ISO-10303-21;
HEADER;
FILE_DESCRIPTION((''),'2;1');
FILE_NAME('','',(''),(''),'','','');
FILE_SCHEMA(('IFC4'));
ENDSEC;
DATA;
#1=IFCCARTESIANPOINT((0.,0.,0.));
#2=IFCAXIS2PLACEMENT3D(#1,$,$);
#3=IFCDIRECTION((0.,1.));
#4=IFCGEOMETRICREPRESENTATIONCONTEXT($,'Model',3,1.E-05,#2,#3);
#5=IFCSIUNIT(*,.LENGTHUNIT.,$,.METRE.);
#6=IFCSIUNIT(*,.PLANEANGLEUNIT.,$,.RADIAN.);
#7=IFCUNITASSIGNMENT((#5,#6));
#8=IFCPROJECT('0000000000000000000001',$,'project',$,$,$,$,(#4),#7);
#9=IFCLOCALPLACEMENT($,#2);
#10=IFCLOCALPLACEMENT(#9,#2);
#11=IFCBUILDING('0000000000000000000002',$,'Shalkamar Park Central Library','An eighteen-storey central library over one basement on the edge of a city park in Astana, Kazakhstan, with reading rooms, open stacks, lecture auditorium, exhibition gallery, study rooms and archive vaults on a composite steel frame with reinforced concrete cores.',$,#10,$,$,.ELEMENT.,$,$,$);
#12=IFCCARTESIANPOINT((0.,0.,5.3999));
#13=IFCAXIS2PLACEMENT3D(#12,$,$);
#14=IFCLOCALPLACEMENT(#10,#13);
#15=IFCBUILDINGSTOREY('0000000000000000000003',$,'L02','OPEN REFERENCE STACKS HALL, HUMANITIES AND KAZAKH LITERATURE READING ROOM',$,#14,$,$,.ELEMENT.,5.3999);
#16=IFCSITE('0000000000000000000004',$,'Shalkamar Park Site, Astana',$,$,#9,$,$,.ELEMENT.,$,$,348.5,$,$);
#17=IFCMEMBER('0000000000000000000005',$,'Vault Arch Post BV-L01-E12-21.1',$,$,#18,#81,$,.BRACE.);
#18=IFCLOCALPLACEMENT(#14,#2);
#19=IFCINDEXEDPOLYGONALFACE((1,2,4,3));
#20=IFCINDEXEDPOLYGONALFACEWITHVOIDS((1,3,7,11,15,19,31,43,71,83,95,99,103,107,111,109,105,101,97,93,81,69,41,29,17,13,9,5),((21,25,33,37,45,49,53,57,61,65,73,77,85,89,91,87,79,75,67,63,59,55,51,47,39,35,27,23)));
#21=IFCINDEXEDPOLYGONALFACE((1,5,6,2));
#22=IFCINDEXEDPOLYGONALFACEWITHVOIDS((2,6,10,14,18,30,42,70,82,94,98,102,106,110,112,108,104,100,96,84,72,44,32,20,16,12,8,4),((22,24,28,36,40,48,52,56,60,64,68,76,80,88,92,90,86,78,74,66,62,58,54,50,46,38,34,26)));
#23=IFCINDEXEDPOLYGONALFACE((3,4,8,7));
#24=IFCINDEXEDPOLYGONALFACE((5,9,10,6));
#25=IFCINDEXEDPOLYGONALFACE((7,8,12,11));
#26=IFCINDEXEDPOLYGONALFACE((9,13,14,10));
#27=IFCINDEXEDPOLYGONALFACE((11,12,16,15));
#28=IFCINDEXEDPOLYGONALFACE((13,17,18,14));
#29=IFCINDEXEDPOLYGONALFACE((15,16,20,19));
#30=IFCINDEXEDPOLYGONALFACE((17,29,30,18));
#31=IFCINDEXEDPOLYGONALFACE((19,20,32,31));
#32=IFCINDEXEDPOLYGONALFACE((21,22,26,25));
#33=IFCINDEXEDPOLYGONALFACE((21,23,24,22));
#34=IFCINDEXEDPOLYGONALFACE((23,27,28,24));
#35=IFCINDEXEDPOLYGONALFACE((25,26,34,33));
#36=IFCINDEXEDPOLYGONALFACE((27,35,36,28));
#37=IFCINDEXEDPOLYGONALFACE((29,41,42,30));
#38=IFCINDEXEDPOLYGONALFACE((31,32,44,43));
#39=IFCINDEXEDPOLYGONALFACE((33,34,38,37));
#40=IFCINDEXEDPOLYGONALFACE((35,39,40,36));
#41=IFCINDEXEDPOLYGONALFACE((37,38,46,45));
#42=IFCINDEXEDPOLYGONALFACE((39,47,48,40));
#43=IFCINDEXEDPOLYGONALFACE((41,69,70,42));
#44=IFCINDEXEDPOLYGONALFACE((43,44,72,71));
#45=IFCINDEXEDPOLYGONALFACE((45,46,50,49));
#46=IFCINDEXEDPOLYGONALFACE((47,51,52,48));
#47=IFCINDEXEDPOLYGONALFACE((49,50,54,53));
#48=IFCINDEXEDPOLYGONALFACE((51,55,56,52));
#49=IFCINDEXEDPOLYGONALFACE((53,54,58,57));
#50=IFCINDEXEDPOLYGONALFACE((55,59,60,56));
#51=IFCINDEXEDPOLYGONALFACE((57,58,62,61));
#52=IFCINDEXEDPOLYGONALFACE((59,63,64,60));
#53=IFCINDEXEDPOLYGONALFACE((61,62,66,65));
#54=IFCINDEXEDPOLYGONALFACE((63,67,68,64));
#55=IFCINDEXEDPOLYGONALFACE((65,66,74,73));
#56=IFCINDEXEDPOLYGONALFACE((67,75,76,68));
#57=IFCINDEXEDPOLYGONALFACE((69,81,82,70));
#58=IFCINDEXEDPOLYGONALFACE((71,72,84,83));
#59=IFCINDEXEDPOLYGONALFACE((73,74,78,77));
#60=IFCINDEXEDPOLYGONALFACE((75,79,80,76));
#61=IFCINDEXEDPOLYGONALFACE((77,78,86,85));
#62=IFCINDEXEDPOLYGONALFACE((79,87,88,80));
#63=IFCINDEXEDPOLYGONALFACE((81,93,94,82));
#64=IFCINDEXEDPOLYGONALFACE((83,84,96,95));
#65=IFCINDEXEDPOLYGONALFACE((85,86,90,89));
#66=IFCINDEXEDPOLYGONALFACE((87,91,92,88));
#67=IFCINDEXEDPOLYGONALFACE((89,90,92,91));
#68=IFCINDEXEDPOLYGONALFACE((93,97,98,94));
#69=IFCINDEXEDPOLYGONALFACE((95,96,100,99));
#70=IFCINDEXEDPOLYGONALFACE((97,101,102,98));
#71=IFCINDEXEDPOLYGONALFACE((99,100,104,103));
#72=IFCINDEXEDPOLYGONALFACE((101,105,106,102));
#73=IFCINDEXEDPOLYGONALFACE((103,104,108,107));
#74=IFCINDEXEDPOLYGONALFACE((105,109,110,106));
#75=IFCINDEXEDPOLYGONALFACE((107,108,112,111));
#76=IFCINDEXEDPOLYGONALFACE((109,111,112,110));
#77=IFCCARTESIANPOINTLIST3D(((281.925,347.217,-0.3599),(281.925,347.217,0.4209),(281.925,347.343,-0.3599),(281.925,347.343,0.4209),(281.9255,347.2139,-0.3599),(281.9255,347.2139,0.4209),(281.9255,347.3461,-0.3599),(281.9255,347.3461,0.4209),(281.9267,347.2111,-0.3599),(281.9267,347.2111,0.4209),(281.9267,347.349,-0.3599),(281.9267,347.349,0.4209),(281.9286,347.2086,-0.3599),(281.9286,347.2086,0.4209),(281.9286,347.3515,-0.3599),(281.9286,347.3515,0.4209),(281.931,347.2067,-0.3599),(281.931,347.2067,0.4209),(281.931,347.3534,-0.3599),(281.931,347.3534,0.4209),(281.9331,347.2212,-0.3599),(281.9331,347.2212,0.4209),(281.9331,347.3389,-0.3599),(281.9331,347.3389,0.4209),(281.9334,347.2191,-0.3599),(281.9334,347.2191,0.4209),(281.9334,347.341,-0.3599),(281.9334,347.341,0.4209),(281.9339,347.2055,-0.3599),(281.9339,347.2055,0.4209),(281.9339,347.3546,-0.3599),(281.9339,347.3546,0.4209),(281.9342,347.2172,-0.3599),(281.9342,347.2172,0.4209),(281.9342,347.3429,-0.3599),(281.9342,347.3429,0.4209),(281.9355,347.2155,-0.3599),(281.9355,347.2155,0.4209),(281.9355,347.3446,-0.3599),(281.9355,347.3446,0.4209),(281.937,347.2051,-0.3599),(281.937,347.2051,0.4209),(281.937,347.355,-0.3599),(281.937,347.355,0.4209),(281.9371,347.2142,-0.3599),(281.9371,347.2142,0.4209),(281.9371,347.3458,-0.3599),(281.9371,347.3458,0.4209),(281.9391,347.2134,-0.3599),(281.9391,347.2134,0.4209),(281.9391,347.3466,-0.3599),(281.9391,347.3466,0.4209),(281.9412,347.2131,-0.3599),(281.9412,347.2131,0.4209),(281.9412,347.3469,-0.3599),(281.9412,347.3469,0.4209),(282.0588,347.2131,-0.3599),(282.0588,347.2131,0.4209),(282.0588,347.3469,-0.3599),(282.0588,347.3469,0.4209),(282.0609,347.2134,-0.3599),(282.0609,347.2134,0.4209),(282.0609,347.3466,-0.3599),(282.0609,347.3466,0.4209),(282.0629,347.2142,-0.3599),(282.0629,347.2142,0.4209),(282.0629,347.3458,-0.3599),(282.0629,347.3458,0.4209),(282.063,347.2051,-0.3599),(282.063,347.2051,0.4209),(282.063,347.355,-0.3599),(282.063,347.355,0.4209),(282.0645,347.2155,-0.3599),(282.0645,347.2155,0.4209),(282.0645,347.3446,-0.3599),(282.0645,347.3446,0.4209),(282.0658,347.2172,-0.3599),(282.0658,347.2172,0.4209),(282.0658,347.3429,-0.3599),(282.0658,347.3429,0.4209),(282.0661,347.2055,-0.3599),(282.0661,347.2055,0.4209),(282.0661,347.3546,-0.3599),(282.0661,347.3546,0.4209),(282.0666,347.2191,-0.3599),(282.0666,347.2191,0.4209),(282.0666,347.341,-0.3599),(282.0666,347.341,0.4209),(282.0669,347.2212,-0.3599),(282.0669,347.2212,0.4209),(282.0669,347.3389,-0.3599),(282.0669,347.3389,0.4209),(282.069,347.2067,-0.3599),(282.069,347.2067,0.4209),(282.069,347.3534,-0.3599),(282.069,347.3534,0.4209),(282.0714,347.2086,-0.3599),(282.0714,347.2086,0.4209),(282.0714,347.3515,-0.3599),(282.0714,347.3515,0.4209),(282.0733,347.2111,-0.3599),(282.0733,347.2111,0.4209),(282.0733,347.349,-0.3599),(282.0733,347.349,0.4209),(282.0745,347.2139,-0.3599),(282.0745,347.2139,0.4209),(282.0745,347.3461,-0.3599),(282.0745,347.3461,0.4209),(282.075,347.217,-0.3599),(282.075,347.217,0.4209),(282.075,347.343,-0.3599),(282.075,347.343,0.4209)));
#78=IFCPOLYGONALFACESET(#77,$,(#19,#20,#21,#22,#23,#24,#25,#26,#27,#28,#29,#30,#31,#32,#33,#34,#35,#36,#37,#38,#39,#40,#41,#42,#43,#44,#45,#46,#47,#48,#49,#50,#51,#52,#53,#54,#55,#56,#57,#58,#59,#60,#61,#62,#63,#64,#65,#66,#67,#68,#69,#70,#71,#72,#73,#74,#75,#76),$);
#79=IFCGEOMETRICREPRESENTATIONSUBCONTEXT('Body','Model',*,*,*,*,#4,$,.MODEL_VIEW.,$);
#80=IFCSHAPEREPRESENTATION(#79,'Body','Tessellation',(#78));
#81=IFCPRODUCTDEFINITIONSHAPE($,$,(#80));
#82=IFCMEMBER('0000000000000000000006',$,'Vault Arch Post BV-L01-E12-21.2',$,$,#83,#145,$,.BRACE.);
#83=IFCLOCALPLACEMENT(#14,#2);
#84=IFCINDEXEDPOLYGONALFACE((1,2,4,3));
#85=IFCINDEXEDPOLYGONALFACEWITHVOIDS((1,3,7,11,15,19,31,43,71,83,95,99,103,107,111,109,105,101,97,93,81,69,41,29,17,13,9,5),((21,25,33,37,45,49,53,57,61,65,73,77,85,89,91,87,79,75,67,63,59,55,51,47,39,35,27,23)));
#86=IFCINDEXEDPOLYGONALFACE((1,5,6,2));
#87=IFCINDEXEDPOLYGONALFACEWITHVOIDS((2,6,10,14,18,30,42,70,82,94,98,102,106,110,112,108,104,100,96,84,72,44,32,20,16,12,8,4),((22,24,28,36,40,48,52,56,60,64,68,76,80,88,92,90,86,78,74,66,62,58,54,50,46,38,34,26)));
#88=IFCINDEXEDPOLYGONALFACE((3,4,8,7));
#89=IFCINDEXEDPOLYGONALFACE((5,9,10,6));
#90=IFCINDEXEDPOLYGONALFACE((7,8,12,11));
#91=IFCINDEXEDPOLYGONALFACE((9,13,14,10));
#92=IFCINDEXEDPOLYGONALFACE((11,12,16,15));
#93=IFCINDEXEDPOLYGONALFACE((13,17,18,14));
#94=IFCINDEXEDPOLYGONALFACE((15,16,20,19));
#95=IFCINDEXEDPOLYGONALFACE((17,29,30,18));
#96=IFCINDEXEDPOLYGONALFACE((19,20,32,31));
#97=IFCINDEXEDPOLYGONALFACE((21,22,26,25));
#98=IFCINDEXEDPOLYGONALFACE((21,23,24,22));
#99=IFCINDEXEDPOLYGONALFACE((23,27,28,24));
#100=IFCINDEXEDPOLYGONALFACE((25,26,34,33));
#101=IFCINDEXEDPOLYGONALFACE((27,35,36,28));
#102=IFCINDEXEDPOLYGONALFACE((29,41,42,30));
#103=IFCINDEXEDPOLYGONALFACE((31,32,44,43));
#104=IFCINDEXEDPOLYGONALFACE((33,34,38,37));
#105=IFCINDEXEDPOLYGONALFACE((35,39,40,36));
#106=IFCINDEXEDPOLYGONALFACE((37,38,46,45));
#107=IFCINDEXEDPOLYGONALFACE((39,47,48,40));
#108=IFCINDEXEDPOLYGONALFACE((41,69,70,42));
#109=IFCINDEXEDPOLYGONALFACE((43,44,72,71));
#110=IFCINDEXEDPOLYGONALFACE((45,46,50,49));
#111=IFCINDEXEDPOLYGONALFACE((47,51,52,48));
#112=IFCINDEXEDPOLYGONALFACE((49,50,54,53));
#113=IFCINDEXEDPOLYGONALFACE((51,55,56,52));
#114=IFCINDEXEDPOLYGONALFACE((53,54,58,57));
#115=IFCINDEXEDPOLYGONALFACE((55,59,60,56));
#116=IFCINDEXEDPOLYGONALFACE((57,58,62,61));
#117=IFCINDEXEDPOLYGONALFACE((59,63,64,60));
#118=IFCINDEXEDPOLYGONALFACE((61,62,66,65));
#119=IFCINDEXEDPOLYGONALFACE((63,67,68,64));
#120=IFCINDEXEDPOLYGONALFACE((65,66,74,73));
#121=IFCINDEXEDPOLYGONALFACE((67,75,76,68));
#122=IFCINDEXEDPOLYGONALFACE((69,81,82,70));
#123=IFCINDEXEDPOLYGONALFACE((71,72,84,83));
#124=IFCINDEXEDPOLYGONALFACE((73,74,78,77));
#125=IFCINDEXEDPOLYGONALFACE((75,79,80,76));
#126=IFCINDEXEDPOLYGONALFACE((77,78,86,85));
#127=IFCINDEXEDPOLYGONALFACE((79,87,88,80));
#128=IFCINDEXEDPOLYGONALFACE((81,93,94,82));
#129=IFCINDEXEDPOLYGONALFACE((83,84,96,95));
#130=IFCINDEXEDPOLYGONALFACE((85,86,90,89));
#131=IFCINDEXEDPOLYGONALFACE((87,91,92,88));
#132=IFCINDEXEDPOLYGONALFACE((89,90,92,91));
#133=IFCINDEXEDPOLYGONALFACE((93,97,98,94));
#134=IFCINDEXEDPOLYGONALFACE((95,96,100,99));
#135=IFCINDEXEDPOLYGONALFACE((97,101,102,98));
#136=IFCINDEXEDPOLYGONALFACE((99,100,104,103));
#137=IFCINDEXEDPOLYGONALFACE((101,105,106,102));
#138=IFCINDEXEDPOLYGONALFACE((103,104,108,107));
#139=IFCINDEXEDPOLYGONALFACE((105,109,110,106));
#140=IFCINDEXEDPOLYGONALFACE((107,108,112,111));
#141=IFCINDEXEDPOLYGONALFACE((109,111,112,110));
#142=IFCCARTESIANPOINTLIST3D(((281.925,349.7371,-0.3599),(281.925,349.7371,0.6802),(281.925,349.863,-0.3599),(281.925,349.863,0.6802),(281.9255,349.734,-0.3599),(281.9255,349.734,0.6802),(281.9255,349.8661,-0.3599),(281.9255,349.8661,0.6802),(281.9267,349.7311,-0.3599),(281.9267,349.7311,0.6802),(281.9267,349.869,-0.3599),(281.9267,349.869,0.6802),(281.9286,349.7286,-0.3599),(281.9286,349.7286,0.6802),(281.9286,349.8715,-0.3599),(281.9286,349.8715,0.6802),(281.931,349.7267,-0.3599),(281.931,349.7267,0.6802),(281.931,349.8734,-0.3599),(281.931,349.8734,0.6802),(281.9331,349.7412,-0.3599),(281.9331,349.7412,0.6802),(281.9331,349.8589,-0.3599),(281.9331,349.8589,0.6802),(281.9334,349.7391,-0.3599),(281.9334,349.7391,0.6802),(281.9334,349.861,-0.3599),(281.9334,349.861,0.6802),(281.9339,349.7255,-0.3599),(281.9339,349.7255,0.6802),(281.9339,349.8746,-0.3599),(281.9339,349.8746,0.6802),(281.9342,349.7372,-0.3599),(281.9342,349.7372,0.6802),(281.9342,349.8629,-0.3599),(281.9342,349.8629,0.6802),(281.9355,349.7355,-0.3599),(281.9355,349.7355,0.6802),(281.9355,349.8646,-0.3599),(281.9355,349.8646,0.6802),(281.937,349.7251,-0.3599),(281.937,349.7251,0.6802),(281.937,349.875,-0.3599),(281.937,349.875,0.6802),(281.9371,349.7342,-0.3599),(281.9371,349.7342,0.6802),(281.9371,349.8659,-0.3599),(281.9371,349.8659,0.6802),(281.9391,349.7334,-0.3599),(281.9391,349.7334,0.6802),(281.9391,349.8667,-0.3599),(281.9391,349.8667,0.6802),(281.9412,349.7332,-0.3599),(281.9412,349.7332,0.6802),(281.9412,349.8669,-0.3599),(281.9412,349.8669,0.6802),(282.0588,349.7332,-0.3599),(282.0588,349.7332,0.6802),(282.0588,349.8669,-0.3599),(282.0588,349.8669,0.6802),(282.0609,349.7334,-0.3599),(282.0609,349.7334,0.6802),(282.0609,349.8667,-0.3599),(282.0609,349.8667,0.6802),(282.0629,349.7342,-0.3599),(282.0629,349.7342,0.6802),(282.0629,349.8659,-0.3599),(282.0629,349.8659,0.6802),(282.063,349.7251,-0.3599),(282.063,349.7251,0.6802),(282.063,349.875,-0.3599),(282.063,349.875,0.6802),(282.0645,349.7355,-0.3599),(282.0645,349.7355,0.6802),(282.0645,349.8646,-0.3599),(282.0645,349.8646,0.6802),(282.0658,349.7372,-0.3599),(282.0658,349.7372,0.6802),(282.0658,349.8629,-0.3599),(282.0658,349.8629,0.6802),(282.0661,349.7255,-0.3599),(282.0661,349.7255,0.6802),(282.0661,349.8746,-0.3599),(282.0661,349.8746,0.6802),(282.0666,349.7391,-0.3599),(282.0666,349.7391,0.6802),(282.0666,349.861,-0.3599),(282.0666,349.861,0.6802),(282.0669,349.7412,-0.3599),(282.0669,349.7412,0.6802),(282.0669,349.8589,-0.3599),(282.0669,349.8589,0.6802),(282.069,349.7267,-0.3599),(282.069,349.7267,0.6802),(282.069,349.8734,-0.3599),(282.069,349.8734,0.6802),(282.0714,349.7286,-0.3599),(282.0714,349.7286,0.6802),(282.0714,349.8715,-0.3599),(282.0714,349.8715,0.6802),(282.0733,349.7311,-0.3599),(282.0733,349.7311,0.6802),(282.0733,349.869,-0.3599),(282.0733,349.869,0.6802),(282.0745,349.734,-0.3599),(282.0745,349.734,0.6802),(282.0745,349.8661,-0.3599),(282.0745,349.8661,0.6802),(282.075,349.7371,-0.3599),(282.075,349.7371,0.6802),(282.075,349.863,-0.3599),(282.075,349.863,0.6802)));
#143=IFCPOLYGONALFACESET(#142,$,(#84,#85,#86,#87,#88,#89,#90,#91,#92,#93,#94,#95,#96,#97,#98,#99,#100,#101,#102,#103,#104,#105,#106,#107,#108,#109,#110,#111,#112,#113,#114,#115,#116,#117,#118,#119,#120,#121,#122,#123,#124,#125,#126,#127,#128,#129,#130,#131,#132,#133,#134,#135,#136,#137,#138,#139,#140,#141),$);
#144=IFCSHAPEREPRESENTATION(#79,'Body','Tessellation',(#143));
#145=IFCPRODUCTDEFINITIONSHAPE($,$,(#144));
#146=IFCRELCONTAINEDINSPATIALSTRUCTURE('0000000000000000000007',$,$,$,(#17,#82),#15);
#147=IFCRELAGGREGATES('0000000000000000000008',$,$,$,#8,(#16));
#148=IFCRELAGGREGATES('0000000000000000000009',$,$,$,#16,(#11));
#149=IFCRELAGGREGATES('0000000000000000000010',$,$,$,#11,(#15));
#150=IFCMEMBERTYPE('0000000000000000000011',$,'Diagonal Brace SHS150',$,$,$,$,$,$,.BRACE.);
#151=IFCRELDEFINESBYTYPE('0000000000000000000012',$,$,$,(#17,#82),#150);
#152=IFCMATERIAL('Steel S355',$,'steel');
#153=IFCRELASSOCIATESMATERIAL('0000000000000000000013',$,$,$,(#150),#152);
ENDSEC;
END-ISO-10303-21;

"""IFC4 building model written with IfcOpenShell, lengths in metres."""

from ifc_helpers import new_model, si_unit, direction, frame, origin, origin_2d, place, context, subcontext, project, spatial, hollow_rectangle, extrude, material, material_profile, profile_set, type_object, element, save


model = new_model("IFC4")

# Units and contexts
model_context = context("Model", 3, precision=1e-05, world=origin(), true_north=direction((0.0, 1.0)))
body_context = subcontext(model_context, "Body", "Model", "MODEL_VIEW")
ifc_project = project(units=[si_unit("LENGTHUNIT", "METRE"), si_unit("PLANEANGLEUNIT", "RADIAN")], contexts=[model_context])

# Site, building, storey
site_placement = place(None, origin())
site = spatial("IfcSite", under=ifc_project, at=site_placement, Name="Shalkamar Park Site, Astana", CompositionType="ELEMENT", RefElevation=348.5)
building_placement = place(site_placement, origin())
building = spatial("IfcBuilding", under=site, at=building_placement, Name="Shalkamar Park Central Library", Description="An eighteen-storey central library over one basement on the edge of a city park in Astana, Kazakhstan, with reading rooms, open stacks, lecture auditorium, exhibition gallery, study rooms and archive vaults on a composite steel frame with reinforced concrete cores.", CompositionType="ELEMENT")
storey_placement = place(building_placement, frame((0.0, 0.0, 5.3999)))
storey = spatial("IfcBuildingStorey", under=building, at=storey_placement, Name="L02", Description="OPEN REFERENCE STACKS HALL, HUMANITIES AND KAZAKH LITERATURE READING ROOM", CompositionType="ELEMENT", Elevation=5.3999)

# Members
ifc_material_1 = material(Name="Steel S355", Category="steel")
ifc_material_profile_1 = material_profile(ifc_material_1, hollow_rectangle(XDim=0.1499, YDim=0.1499, WallThickness=0.0081, InnerFilletRadius=0.0081, OuterFilletRadius=0.012, at=origin_2d()), Name="SHS 150x150x8")
ifc_profile_set_1 = profile_set([ifc_material_profile_1], Name="Steel S355")
member_type_1 = type_object("IfcMemberType", Name="Diagonal Brace SHS150", PredefinedType="BRACE", material=ifc_profile_set_1)
for number, where, z_axis, x_axis, name in (
    (1, (282.0, 347.28, -0.3599), (0.0, 0.0, 1.0), (1.0, 0.0, 0.0), "Vault Arch Post BV-L01-E12-21.1"),
):
    element("IfcMember", number, at=place(storey_placement, frame(where, z_axis=z_axis, x_axis=x_axis)), inside=storey, type_object=member_type_1, Name=name, PredefinedType="BRACE", context=body_context, shape_type="SweptSolid", body=[
        extrude(hollow_rectangle(XDim=0.1499, YDim=0.1499, WallThickness=0.0081, InnerFilletRadius=0.0081, OuterFilletRadius=0.012, at=origin_2d()), origin(), (0.0, 0.0, 1.0), 0.7808),
    ])
member_1_placement = place(storey_placement, frame((282.0, 349.8, -0.3599), z_axis=(0.0, 0.0, 1.0), x_axis=(1.0, 0.0, 0.0)))
element("IfcMember", 2, at=member_1_placement, inside=storey, type_object=member_type_1, Name="Vault Arch Post BV-L01-E12-21.2", PredefinedType="BRACE", context=body_context, shape_type="SweptSolid", body=[
    extrude(hollow_rectangle(XDim=0.1499, YDim=0.1499, WallThickness=0.0081, InnerFilletRadius=0.0081, OuterFilletRadius=0.012, at=origin_2d()), origin(), (0.0, 0.0, 1.0), 1.04),
])

save(model, "model.ifc")
